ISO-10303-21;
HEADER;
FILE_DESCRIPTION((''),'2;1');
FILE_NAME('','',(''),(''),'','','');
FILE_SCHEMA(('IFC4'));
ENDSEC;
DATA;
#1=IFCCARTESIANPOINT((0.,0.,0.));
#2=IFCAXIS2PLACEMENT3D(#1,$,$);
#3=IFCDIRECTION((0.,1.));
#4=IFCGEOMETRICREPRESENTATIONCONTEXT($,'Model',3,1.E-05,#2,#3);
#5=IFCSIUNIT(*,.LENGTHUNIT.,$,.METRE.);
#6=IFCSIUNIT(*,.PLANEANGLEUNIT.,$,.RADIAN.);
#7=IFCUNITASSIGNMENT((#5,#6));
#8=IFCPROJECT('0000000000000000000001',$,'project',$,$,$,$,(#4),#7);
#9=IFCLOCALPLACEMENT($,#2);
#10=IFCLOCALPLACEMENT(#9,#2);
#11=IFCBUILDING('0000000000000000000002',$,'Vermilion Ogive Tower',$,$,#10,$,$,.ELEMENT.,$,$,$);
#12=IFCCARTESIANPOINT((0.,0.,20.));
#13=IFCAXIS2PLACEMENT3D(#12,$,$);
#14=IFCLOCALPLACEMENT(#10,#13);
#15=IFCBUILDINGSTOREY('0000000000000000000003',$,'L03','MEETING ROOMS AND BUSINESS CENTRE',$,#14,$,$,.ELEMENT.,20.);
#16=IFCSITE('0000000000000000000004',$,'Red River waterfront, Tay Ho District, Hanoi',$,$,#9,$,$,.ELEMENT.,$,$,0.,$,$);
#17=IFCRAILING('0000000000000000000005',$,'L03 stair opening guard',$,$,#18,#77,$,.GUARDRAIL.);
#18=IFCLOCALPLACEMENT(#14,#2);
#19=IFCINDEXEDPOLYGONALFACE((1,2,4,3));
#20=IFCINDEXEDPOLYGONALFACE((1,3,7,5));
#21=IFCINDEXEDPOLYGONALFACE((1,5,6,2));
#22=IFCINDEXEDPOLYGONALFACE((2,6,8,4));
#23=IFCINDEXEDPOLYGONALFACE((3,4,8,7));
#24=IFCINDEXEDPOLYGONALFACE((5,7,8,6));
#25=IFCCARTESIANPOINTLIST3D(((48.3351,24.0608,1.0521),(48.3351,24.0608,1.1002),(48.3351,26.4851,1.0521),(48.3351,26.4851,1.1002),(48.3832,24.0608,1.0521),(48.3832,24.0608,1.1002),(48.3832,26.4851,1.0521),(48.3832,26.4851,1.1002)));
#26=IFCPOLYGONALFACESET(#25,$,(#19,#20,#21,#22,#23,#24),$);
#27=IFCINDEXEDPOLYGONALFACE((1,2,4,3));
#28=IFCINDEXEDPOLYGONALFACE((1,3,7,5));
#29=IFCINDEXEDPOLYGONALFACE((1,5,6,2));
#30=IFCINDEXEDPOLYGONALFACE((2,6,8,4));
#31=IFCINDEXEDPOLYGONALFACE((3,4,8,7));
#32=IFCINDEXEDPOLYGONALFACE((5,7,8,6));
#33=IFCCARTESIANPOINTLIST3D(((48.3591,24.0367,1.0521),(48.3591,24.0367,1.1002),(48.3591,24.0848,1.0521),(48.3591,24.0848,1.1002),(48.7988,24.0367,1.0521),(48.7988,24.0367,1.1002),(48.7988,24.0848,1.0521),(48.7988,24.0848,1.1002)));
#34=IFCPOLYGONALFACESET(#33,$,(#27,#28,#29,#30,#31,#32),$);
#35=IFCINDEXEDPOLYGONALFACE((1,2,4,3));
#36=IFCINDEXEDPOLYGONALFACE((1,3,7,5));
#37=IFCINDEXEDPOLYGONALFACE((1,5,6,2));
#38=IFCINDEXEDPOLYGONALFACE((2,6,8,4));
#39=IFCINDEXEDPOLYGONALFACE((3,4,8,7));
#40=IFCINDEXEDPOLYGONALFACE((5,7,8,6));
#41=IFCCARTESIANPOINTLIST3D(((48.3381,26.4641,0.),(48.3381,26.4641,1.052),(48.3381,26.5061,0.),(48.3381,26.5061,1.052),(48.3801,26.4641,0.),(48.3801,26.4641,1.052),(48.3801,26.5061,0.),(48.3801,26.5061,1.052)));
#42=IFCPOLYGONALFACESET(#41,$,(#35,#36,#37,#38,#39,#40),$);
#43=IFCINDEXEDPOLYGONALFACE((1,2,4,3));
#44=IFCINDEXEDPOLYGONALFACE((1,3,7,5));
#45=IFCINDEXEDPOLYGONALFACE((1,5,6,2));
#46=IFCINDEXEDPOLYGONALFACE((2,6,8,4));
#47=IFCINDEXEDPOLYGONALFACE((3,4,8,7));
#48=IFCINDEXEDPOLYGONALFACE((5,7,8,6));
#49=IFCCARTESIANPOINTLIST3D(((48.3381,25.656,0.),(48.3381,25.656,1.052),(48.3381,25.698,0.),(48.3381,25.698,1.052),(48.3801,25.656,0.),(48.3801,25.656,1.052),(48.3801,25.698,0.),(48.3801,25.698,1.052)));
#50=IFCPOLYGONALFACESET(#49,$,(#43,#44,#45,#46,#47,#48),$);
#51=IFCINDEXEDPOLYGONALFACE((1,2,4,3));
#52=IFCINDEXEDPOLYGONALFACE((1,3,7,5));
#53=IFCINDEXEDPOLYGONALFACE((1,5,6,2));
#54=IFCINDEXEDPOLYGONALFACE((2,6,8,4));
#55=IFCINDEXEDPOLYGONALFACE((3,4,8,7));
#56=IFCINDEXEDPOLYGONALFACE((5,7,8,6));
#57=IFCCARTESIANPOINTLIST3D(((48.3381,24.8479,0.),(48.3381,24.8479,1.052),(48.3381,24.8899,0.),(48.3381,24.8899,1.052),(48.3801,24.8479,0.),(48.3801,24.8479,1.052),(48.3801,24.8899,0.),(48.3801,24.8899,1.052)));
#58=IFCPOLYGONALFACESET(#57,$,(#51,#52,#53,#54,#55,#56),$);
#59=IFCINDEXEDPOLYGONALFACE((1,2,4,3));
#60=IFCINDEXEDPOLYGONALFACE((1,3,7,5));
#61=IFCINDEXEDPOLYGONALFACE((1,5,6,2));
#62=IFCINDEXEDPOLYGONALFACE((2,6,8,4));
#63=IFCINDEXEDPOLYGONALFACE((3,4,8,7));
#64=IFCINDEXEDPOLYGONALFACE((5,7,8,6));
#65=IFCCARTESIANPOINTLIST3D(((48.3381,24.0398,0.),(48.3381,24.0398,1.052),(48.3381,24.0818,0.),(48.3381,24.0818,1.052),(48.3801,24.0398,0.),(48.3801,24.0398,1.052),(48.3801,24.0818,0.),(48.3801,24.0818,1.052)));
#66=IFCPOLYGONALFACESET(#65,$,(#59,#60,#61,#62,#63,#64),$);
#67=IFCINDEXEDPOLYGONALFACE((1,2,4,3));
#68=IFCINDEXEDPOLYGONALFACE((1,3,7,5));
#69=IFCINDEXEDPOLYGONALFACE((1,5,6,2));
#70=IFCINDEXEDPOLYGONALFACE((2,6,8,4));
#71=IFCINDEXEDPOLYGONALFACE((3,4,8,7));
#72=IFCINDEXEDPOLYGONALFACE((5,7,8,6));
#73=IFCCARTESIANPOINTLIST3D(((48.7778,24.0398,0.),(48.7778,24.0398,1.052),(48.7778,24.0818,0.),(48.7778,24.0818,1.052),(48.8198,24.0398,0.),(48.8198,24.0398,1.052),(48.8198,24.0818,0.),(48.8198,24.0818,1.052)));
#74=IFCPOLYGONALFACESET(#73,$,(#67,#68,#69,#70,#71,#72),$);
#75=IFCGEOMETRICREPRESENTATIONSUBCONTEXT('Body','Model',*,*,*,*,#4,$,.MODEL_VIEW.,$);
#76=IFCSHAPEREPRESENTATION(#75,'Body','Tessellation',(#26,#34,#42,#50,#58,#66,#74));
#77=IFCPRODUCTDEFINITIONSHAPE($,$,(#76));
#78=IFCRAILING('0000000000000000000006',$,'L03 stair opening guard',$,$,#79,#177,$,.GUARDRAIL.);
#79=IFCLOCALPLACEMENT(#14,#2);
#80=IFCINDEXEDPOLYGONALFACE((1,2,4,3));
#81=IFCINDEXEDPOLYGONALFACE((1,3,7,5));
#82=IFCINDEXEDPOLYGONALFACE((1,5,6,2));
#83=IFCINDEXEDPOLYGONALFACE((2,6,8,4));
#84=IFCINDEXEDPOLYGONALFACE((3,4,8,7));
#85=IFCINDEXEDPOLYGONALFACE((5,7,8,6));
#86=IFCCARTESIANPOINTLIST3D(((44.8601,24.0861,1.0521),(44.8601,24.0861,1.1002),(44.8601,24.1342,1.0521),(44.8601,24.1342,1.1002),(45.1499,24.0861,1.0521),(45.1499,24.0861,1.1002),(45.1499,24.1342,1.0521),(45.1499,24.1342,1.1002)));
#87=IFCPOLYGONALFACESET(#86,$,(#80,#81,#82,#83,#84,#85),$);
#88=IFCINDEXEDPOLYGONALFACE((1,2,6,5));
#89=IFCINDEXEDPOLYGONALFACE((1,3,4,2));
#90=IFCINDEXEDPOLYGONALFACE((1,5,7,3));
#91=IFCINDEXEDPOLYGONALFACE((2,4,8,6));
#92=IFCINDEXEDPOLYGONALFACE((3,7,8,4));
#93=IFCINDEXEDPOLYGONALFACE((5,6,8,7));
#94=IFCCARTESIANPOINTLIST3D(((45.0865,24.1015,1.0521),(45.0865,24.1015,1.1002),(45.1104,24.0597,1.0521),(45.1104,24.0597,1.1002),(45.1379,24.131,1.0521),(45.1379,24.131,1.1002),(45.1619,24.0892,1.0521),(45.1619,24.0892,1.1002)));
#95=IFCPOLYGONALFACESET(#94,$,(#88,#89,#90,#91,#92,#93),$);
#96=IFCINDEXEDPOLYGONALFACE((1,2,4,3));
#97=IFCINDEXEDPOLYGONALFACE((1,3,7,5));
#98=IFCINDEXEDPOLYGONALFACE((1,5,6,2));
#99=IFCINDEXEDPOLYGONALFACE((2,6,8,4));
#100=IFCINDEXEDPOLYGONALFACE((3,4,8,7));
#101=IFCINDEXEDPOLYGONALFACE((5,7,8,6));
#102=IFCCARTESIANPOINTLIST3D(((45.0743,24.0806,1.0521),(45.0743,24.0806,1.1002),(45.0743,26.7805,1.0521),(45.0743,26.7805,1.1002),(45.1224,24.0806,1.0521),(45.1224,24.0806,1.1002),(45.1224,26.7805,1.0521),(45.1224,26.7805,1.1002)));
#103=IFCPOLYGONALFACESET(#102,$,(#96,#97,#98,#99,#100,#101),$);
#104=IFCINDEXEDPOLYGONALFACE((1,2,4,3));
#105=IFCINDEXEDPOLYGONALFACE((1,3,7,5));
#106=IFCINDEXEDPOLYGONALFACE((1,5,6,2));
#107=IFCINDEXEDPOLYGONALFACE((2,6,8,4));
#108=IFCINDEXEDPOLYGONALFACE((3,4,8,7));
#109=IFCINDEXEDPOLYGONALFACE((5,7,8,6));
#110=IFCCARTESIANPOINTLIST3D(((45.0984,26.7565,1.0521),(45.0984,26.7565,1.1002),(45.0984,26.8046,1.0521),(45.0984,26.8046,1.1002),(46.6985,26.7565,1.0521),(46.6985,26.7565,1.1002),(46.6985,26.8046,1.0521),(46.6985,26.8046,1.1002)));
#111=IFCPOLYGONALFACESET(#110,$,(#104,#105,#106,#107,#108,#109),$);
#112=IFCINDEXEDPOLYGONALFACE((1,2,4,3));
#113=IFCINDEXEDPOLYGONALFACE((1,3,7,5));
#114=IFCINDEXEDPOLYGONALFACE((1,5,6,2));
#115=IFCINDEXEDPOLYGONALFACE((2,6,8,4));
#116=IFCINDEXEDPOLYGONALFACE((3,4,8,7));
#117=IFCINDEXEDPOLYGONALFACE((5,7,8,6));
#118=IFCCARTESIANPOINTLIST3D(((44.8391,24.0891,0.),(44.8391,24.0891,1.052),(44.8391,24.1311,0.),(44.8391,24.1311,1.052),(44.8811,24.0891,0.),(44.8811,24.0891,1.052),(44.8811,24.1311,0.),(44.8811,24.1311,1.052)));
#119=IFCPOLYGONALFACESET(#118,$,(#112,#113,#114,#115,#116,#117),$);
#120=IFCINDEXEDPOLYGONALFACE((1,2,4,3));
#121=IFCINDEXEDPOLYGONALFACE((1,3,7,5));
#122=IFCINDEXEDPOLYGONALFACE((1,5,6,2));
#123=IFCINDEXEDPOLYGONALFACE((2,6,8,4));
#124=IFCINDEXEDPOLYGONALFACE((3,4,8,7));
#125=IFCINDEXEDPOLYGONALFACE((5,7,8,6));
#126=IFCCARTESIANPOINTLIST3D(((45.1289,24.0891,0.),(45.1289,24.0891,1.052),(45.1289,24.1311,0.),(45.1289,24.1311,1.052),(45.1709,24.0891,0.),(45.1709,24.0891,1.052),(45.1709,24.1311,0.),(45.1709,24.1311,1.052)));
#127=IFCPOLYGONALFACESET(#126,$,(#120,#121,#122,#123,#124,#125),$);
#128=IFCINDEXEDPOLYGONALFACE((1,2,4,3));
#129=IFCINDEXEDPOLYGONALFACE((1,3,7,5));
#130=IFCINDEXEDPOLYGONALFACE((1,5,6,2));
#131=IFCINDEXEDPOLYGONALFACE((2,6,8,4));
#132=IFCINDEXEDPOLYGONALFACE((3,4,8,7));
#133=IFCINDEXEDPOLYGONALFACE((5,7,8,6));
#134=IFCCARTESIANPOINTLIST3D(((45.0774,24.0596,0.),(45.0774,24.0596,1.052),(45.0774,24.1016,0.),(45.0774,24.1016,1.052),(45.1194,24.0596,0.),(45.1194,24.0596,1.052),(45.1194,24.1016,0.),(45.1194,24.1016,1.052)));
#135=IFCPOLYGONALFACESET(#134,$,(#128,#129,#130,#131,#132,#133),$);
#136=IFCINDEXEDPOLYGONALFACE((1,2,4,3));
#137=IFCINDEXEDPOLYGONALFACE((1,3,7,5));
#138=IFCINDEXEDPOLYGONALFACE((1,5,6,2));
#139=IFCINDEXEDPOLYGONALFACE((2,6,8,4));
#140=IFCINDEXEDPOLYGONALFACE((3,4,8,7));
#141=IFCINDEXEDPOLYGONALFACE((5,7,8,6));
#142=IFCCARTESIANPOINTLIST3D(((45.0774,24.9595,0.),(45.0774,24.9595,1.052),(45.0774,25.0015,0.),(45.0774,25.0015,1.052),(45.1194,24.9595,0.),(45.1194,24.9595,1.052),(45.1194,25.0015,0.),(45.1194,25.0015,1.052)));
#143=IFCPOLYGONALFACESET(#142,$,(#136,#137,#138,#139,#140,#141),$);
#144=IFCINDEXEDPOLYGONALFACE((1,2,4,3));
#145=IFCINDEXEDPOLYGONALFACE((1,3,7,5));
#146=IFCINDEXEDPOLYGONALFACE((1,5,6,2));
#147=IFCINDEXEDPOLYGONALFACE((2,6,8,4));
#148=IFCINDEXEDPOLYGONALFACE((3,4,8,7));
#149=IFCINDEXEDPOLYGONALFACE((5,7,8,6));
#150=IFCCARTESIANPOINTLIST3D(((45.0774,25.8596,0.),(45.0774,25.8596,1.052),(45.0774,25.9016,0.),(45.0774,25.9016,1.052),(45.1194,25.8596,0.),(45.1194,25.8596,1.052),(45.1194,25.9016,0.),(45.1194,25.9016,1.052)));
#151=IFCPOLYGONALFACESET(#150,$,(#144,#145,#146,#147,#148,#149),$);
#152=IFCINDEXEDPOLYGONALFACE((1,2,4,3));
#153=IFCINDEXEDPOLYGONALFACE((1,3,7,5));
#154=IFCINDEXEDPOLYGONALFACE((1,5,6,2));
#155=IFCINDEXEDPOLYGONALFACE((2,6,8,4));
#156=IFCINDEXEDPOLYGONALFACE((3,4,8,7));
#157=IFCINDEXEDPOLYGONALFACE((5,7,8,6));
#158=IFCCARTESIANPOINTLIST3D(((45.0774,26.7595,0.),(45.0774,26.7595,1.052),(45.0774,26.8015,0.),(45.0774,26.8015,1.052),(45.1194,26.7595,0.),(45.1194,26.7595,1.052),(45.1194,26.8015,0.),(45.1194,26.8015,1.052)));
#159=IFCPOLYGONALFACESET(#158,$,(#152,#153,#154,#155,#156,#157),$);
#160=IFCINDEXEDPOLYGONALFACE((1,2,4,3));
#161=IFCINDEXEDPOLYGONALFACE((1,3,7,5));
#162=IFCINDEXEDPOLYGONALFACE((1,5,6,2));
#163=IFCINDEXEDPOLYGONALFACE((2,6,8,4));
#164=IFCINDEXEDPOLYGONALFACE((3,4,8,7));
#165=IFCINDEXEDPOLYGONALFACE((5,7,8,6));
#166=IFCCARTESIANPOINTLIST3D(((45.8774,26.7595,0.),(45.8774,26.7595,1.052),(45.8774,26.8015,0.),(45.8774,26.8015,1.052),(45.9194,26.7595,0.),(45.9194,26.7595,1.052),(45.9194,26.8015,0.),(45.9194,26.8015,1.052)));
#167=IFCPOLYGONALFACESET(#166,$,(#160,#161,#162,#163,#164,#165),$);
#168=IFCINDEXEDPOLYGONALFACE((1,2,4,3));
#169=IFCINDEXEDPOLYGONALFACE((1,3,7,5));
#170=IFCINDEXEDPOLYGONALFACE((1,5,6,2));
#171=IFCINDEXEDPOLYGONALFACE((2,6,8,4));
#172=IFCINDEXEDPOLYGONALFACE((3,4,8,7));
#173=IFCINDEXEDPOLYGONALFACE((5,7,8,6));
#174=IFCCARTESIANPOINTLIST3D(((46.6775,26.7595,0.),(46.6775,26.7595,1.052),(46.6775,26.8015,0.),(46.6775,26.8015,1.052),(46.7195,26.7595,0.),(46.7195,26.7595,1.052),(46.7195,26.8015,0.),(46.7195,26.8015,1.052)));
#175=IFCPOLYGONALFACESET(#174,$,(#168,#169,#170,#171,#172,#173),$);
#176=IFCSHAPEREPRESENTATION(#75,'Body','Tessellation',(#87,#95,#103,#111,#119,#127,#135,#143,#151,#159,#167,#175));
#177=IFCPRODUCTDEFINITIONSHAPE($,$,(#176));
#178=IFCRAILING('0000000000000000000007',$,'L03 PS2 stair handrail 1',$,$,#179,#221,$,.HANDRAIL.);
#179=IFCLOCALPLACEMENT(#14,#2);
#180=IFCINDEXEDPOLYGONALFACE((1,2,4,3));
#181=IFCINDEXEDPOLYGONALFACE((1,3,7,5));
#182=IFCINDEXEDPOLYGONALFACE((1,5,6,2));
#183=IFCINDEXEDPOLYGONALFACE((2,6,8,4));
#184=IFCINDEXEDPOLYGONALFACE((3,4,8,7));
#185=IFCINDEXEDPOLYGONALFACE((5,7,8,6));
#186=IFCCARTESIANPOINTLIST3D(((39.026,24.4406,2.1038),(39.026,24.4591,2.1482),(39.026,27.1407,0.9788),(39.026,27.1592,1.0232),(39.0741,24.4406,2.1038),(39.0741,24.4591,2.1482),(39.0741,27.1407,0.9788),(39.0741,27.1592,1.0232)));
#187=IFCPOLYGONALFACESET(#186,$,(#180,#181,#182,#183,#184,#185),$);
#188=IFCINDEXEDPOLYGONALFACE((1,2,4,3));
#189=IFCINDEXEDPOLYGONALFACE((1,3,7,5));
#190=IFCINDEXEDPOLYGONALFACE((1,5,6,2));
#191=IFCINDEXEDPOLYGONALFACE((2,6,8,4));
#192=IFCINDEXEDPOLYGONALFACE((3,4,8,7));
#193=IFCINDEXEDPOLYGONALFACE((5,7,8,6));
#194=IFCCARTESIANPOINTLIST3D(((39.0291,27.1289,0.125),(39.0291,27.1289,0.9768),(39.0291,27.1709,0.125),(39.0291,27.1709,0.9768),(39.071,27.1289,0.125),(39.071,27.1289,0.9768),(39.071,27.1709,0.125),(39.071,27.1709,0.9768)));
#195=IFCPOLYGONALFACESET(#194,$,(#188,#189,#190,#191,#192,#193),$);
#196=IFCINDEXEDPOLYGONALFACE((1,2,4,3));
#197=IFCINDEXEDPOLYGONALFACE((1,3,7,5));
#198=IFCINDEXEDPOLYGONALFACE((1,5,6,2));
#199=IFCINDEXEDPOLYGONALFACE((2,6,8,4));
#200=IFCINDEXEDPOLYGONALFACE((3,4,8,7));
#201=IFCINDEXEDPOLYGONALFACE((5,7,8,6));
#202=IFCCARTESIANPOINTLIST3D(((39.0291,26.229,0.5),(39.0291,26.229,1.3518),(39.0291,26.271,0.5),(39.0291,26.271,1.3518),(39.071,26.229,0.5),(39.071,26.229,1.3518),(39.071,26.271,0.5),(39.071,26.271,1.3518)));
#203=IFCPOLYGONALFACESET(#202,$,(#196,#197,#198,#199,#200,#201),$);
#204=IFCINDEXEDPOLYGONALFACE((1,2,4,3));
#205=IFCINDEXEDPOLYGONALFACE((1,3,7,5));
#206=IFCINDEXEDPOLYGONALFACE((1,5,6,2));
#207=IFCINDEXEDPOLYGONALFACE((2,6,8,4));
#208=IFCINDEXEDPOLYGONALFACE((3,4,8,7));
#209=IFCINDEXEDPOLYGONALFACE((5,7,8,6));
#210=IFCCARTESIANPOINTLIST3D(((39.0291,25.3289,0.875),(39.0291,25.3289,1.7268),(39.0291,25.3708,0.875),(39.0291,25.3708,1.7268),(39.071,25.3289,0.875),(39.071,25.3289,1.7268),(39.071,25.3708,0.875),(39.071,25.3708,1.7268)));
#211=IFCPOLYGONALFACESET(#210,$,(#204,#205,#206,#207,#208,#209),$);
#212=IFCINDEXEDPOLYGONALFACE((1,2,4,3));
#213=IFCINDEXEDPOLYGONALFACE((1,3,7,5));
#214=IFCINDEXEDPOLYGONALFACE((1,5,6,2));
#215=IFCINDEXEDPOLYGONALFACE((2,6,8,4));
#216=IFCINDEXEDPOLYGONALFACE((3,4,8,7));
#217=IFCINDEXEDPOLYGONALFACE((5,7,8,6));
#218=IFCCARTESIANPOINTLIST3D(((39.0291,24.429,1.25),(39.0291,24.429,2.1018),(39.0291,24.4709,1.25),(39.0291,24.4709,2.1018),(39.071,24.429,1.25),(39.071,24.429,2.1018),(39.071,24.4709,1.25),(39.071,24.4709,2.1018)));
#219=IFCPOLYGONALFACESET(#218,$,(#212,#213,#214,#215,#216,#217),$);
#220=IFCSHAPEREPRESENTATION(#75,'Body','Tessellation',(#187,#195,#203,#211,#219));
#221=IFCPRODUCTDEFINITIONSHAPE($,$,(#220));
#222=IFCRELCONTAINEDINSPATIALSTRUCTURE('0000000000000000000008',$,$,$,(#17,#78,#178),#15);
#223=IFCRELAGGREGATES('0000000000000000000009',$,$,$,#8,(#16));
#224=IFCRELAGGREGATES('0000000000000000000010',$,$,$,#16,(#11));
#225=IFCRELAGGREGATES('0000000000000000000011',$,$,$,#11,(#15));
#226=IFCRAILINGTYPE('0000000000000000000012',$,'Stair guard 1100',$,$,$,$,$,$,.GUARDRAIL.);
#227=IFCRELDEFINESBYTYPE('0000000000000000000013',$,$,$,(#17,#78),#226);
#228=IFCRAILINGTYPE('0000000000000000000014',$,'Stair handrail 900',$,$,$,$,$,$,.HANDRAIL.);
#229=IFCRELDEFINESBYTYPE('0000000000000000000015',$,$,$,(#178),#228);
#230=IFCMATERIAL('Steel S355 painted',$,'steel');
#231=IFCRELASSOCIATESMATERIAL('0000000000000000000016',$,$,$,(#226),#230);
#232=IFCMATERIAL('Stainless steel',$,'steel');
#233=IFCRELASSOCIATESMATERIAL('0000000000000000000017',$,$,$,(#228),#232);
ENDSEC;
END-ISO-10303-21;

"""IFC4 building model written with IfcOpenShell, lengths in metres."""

from ifc_helpers import new_model, si_unit, direction, frame, origin, origin_2d, place, context, subcontext, project, spatial, rectangle, extrude, material, type_object, element, save


model = new_model("IFC4")

# Units and contexts
model_context = context("Model", 3, precision=1e-05, world=origin(), true_north=direction((0.0, 1.0)))
body_context = subcontext(model_context, "Body", "Model", "MODEL_VIEW")
ifc_project = project(units=[si_unit("LENGTHUNIT", "METRE"), si_unit("PLANEANGLEUNIT", "RADIAN")], contexts=[model_context])

# Site, building, storey
site_placement = place(None, origin())
site = spatial("IfcSite", under=ifc_project, at=site_placement, Name="Red River waterfront, Tay Ho District, Hanoi", CompositionType="ELEMENT", RefElevation=0.0)
building_placement = place(site_placement, origin())
building = spatial("IfcBuilding", under=site, at=building_placement, Name="Vermilion Ogive Tower", CompositionType="ELEMENT")
storey_placement = place(building_placement, frame((0.0, 0.0, 20.0)))
storey = spatial("IfcBuildingStorey", under=building, at=storey_placement, Name="L03", Description="MEETING ROOMS AND BUSINESS CENTRE", CompositionType="ELEMENT", Elevation=20.0)

# Railings
ifc_material_1 = material(Name="Steel S355 painted", Category="steel")
railing_type_1 = type_object("IfcRailingType", Name="Stair guard 1100", PredefinedType="GUARDRAIL", material=ifc_material_1)
railing_1_placement = place(storey_placement, frame((48.3591, 26.4851, 0.0)))
element("IfcRailing", 1, at=railing_1_placement, inside=storey, type_object=railing_type_1, Name="L03 stair opening guard", PredefinedType="GUARDRAIL", context=body_context, shape_type="SweptSolid", body=[
    extrude(rectangle(XDim=0.0481, YDim=0.0481, at=origin_2d()), frame((0.0, 0.0, 1.0762), z_axis=(0.0, -1.0, 0.0), x_axis=(1.0, 0.0, 0.0)), (0.0, 0.0, 1.0), 2.4243),
    extrude(rectangle(XDim=0.0481, YDim=0.0481, at=origin_2d()), frame((0.0, -2.4243, 1.0762), z_axis=(1.0, 0.0, 0.0), x_axis=(0.0, 1.0, 0.0)), (0.0, 0.0, 1.0), 0.4397),
    extrude(rectangle(XDim=0.042, YDim=0.042, at=origin_2d()), origin(), (0.0, 0.0, 1.0), 1.052),
    extrude(rectangle(XDim=0.042, YDim=0.042, at=origin_2d()), frame((0.0, -0.8081, 0.0)), (0.0, 0.0, 1.0), 1.052),
    extrude(rectangle(XDim=0.042, YDim=0.042, at=origin_2d()), frame((0.0, -1.6162, 0.0)), (0.0, 0.0, 1.0), 1.052),
    extrude(rectangle(XDim=0.042, YDim=0.042, at=origin_2d()), frame((0.0, -2.4243, 0.0)), (0.0, 0.0, 1.0), 1.052),
    extrude(rectangle(XDim=0.042, YDim=0.042, at=origin_2d()), frame((0.4397, -2.4243, 0.0)), (0.0, 0.0, 1.0), 1.052),
])
railing_2_placement = place(storey_placement, frame((44.8601, 24.1101, 0.0)))
element("IfcRailing", 2, at=railing_2_placement, inside=storey, type_object=railing_type_1, Name="L03 stair opening guard", PredefinedType="GUARDRAIL", context=body_context, shape_type="SweptSolid", body=[
    extrude(rectangle(XDim=0.0481, YDim=0.0481, at=origin_2d()), frame((0.0, 0.0, 1.0762), z_axis=(1.0, 0.0, 0.0), x_axis=(0.0, 1.0, 0.0)), (0.0, 0.0, 1.0), 0.2898),
    extrude(rectangle(XDim=0.0481, YDim=0.0481, at=origin_2d()), frame((0.2898, 0.0, 1.0762), z_axis=(-0.867483, -0.497467, 0.0), x_axis=(0.497467, -0.867483, 0.0)), (0.0, 0.0, 1.0), 0.0593),
    extrude(rectangle(XDim=0.0481, YDim=0.0481, at=origin_2d()), frame((0.2383, -0.0295, 1.0762), z_axis=(0.0, 1.0, 0.0), x_axis=(-1.0, 0.0, 0.0)), (0.0, 0.0, 1.0), 2.7),
    extrude(rectangle(XDim=0.0481, YDim=0.0481, at=origin_2d()), frame((0.2383, 2.6704, 1.0762), z_axis=(1.0, 0.0, 0.0), x_axis=(0.0, 1.0, 0.0)), (0.0, 0.0, 1.0), 1.6001),
    extrude(rectangle(XDim=0.042, YDim=0.042, at=origin_2d()), origin(), (0.0, 0.0, 1.0), 1.052),
    extrude(rectangle(XDim=0.042, YDim=0.042, at=origin_2d()), frame((0.2898, 0.0, 0.0)), (0.0, 0.0, 1.0), 1.052),
    extrude(rectangle(XDim=0.042, YDim=0.042, at=origin_2d()), frame((0.2383, -0.0295, 0.0)), (0.0, 0.0, 1.0), 1.052),
    extrude(rectangle(XDim=0.042, YDim=0.042, at=origin_2d()), frame((0.2383, 0.8704, 0.0)), (0.0, 0.0, 1.0), 1.052),
    extrude(rectangle(XDim=0.042, YDim=0.042, at=origin_2d()), frame((0.2383, 1.7705, 0.0)), (0.0, 0.0, 1.0), 1.052),
    extrude(rectangle(XDim=0.042, YDim=0.042, at=origin_2d()), frame((0.2383, 2.6704, 0.0)), (0.0, 0.0, 1.0), 1.052),
    extrude(rectangle(XDim=0.042, YDim=0.042, at=origin_2d()), frame((1.0383, 2.6704, 0.0)), (0.0, 0.0, 1.0), 1.052),
    extrude(rectangle(XDim=0.042, YDim=0.042, at=origin_2d()), frame((1.8384, 2.6704, 0.0)), (0.0, 0.0, 1.0), 1.052),
])
ifc_material_2 = material(Name="Stainless steel", Category="steel")
railing_type_2 = type_object("IfcRailingType", Name="Stair handrail 900", PredefinedType="HANDRAIL", material=ifc_material_2)
railing_3_placement = place(storey_placement, frame((39.05, 27.1499, 0.125)))
element("IfcRailing", 3, at=railing_3_placement, inside=storey, type_object=railing_type_2, Name="L03 PS2 stair handrail 1", PredefinedType="HANDRAIL", context=body_context, shape_type="SweptSolid", body=[
    extrude(rectangle(XDim=0.0481, YDim=0.0481, at=origin_2d()), frame((0.0, 0.0, 0.876), z_axis=(0.0, -0.923074, 0.384621), x_axis=(1.0, 0.0, 0.0)), (0.0, 0.0, 1.0), 2.925),
    extrude(rectangle(XDim=0.042, YDim=0.042, at=origin_2d()), origin(), (0.0, 0.0, 1.0), 0.8518),
    extrude(rectangle(XDim=0.042, YDim=0.042, at=origin_2d()), frame((0.0, -0.8999, 0.375)), (0.0, 0.0, 1.0), 0.8518),
    extrude(rectangle(XDim=0.042, YDim=0.042, at=origin_2d()), frame((0.0, -1.8, 0.75)), (0.0, 0.0, 1.0), 0.8518),
    extrude(rectangle(XDim=0.042, YDim=0.042, at=origin_2d()), frame((0.0, -2.7, 1.125)), (0.0, 0.0, 1.0), 0.8518),
])

save(model, "model.ifc")
